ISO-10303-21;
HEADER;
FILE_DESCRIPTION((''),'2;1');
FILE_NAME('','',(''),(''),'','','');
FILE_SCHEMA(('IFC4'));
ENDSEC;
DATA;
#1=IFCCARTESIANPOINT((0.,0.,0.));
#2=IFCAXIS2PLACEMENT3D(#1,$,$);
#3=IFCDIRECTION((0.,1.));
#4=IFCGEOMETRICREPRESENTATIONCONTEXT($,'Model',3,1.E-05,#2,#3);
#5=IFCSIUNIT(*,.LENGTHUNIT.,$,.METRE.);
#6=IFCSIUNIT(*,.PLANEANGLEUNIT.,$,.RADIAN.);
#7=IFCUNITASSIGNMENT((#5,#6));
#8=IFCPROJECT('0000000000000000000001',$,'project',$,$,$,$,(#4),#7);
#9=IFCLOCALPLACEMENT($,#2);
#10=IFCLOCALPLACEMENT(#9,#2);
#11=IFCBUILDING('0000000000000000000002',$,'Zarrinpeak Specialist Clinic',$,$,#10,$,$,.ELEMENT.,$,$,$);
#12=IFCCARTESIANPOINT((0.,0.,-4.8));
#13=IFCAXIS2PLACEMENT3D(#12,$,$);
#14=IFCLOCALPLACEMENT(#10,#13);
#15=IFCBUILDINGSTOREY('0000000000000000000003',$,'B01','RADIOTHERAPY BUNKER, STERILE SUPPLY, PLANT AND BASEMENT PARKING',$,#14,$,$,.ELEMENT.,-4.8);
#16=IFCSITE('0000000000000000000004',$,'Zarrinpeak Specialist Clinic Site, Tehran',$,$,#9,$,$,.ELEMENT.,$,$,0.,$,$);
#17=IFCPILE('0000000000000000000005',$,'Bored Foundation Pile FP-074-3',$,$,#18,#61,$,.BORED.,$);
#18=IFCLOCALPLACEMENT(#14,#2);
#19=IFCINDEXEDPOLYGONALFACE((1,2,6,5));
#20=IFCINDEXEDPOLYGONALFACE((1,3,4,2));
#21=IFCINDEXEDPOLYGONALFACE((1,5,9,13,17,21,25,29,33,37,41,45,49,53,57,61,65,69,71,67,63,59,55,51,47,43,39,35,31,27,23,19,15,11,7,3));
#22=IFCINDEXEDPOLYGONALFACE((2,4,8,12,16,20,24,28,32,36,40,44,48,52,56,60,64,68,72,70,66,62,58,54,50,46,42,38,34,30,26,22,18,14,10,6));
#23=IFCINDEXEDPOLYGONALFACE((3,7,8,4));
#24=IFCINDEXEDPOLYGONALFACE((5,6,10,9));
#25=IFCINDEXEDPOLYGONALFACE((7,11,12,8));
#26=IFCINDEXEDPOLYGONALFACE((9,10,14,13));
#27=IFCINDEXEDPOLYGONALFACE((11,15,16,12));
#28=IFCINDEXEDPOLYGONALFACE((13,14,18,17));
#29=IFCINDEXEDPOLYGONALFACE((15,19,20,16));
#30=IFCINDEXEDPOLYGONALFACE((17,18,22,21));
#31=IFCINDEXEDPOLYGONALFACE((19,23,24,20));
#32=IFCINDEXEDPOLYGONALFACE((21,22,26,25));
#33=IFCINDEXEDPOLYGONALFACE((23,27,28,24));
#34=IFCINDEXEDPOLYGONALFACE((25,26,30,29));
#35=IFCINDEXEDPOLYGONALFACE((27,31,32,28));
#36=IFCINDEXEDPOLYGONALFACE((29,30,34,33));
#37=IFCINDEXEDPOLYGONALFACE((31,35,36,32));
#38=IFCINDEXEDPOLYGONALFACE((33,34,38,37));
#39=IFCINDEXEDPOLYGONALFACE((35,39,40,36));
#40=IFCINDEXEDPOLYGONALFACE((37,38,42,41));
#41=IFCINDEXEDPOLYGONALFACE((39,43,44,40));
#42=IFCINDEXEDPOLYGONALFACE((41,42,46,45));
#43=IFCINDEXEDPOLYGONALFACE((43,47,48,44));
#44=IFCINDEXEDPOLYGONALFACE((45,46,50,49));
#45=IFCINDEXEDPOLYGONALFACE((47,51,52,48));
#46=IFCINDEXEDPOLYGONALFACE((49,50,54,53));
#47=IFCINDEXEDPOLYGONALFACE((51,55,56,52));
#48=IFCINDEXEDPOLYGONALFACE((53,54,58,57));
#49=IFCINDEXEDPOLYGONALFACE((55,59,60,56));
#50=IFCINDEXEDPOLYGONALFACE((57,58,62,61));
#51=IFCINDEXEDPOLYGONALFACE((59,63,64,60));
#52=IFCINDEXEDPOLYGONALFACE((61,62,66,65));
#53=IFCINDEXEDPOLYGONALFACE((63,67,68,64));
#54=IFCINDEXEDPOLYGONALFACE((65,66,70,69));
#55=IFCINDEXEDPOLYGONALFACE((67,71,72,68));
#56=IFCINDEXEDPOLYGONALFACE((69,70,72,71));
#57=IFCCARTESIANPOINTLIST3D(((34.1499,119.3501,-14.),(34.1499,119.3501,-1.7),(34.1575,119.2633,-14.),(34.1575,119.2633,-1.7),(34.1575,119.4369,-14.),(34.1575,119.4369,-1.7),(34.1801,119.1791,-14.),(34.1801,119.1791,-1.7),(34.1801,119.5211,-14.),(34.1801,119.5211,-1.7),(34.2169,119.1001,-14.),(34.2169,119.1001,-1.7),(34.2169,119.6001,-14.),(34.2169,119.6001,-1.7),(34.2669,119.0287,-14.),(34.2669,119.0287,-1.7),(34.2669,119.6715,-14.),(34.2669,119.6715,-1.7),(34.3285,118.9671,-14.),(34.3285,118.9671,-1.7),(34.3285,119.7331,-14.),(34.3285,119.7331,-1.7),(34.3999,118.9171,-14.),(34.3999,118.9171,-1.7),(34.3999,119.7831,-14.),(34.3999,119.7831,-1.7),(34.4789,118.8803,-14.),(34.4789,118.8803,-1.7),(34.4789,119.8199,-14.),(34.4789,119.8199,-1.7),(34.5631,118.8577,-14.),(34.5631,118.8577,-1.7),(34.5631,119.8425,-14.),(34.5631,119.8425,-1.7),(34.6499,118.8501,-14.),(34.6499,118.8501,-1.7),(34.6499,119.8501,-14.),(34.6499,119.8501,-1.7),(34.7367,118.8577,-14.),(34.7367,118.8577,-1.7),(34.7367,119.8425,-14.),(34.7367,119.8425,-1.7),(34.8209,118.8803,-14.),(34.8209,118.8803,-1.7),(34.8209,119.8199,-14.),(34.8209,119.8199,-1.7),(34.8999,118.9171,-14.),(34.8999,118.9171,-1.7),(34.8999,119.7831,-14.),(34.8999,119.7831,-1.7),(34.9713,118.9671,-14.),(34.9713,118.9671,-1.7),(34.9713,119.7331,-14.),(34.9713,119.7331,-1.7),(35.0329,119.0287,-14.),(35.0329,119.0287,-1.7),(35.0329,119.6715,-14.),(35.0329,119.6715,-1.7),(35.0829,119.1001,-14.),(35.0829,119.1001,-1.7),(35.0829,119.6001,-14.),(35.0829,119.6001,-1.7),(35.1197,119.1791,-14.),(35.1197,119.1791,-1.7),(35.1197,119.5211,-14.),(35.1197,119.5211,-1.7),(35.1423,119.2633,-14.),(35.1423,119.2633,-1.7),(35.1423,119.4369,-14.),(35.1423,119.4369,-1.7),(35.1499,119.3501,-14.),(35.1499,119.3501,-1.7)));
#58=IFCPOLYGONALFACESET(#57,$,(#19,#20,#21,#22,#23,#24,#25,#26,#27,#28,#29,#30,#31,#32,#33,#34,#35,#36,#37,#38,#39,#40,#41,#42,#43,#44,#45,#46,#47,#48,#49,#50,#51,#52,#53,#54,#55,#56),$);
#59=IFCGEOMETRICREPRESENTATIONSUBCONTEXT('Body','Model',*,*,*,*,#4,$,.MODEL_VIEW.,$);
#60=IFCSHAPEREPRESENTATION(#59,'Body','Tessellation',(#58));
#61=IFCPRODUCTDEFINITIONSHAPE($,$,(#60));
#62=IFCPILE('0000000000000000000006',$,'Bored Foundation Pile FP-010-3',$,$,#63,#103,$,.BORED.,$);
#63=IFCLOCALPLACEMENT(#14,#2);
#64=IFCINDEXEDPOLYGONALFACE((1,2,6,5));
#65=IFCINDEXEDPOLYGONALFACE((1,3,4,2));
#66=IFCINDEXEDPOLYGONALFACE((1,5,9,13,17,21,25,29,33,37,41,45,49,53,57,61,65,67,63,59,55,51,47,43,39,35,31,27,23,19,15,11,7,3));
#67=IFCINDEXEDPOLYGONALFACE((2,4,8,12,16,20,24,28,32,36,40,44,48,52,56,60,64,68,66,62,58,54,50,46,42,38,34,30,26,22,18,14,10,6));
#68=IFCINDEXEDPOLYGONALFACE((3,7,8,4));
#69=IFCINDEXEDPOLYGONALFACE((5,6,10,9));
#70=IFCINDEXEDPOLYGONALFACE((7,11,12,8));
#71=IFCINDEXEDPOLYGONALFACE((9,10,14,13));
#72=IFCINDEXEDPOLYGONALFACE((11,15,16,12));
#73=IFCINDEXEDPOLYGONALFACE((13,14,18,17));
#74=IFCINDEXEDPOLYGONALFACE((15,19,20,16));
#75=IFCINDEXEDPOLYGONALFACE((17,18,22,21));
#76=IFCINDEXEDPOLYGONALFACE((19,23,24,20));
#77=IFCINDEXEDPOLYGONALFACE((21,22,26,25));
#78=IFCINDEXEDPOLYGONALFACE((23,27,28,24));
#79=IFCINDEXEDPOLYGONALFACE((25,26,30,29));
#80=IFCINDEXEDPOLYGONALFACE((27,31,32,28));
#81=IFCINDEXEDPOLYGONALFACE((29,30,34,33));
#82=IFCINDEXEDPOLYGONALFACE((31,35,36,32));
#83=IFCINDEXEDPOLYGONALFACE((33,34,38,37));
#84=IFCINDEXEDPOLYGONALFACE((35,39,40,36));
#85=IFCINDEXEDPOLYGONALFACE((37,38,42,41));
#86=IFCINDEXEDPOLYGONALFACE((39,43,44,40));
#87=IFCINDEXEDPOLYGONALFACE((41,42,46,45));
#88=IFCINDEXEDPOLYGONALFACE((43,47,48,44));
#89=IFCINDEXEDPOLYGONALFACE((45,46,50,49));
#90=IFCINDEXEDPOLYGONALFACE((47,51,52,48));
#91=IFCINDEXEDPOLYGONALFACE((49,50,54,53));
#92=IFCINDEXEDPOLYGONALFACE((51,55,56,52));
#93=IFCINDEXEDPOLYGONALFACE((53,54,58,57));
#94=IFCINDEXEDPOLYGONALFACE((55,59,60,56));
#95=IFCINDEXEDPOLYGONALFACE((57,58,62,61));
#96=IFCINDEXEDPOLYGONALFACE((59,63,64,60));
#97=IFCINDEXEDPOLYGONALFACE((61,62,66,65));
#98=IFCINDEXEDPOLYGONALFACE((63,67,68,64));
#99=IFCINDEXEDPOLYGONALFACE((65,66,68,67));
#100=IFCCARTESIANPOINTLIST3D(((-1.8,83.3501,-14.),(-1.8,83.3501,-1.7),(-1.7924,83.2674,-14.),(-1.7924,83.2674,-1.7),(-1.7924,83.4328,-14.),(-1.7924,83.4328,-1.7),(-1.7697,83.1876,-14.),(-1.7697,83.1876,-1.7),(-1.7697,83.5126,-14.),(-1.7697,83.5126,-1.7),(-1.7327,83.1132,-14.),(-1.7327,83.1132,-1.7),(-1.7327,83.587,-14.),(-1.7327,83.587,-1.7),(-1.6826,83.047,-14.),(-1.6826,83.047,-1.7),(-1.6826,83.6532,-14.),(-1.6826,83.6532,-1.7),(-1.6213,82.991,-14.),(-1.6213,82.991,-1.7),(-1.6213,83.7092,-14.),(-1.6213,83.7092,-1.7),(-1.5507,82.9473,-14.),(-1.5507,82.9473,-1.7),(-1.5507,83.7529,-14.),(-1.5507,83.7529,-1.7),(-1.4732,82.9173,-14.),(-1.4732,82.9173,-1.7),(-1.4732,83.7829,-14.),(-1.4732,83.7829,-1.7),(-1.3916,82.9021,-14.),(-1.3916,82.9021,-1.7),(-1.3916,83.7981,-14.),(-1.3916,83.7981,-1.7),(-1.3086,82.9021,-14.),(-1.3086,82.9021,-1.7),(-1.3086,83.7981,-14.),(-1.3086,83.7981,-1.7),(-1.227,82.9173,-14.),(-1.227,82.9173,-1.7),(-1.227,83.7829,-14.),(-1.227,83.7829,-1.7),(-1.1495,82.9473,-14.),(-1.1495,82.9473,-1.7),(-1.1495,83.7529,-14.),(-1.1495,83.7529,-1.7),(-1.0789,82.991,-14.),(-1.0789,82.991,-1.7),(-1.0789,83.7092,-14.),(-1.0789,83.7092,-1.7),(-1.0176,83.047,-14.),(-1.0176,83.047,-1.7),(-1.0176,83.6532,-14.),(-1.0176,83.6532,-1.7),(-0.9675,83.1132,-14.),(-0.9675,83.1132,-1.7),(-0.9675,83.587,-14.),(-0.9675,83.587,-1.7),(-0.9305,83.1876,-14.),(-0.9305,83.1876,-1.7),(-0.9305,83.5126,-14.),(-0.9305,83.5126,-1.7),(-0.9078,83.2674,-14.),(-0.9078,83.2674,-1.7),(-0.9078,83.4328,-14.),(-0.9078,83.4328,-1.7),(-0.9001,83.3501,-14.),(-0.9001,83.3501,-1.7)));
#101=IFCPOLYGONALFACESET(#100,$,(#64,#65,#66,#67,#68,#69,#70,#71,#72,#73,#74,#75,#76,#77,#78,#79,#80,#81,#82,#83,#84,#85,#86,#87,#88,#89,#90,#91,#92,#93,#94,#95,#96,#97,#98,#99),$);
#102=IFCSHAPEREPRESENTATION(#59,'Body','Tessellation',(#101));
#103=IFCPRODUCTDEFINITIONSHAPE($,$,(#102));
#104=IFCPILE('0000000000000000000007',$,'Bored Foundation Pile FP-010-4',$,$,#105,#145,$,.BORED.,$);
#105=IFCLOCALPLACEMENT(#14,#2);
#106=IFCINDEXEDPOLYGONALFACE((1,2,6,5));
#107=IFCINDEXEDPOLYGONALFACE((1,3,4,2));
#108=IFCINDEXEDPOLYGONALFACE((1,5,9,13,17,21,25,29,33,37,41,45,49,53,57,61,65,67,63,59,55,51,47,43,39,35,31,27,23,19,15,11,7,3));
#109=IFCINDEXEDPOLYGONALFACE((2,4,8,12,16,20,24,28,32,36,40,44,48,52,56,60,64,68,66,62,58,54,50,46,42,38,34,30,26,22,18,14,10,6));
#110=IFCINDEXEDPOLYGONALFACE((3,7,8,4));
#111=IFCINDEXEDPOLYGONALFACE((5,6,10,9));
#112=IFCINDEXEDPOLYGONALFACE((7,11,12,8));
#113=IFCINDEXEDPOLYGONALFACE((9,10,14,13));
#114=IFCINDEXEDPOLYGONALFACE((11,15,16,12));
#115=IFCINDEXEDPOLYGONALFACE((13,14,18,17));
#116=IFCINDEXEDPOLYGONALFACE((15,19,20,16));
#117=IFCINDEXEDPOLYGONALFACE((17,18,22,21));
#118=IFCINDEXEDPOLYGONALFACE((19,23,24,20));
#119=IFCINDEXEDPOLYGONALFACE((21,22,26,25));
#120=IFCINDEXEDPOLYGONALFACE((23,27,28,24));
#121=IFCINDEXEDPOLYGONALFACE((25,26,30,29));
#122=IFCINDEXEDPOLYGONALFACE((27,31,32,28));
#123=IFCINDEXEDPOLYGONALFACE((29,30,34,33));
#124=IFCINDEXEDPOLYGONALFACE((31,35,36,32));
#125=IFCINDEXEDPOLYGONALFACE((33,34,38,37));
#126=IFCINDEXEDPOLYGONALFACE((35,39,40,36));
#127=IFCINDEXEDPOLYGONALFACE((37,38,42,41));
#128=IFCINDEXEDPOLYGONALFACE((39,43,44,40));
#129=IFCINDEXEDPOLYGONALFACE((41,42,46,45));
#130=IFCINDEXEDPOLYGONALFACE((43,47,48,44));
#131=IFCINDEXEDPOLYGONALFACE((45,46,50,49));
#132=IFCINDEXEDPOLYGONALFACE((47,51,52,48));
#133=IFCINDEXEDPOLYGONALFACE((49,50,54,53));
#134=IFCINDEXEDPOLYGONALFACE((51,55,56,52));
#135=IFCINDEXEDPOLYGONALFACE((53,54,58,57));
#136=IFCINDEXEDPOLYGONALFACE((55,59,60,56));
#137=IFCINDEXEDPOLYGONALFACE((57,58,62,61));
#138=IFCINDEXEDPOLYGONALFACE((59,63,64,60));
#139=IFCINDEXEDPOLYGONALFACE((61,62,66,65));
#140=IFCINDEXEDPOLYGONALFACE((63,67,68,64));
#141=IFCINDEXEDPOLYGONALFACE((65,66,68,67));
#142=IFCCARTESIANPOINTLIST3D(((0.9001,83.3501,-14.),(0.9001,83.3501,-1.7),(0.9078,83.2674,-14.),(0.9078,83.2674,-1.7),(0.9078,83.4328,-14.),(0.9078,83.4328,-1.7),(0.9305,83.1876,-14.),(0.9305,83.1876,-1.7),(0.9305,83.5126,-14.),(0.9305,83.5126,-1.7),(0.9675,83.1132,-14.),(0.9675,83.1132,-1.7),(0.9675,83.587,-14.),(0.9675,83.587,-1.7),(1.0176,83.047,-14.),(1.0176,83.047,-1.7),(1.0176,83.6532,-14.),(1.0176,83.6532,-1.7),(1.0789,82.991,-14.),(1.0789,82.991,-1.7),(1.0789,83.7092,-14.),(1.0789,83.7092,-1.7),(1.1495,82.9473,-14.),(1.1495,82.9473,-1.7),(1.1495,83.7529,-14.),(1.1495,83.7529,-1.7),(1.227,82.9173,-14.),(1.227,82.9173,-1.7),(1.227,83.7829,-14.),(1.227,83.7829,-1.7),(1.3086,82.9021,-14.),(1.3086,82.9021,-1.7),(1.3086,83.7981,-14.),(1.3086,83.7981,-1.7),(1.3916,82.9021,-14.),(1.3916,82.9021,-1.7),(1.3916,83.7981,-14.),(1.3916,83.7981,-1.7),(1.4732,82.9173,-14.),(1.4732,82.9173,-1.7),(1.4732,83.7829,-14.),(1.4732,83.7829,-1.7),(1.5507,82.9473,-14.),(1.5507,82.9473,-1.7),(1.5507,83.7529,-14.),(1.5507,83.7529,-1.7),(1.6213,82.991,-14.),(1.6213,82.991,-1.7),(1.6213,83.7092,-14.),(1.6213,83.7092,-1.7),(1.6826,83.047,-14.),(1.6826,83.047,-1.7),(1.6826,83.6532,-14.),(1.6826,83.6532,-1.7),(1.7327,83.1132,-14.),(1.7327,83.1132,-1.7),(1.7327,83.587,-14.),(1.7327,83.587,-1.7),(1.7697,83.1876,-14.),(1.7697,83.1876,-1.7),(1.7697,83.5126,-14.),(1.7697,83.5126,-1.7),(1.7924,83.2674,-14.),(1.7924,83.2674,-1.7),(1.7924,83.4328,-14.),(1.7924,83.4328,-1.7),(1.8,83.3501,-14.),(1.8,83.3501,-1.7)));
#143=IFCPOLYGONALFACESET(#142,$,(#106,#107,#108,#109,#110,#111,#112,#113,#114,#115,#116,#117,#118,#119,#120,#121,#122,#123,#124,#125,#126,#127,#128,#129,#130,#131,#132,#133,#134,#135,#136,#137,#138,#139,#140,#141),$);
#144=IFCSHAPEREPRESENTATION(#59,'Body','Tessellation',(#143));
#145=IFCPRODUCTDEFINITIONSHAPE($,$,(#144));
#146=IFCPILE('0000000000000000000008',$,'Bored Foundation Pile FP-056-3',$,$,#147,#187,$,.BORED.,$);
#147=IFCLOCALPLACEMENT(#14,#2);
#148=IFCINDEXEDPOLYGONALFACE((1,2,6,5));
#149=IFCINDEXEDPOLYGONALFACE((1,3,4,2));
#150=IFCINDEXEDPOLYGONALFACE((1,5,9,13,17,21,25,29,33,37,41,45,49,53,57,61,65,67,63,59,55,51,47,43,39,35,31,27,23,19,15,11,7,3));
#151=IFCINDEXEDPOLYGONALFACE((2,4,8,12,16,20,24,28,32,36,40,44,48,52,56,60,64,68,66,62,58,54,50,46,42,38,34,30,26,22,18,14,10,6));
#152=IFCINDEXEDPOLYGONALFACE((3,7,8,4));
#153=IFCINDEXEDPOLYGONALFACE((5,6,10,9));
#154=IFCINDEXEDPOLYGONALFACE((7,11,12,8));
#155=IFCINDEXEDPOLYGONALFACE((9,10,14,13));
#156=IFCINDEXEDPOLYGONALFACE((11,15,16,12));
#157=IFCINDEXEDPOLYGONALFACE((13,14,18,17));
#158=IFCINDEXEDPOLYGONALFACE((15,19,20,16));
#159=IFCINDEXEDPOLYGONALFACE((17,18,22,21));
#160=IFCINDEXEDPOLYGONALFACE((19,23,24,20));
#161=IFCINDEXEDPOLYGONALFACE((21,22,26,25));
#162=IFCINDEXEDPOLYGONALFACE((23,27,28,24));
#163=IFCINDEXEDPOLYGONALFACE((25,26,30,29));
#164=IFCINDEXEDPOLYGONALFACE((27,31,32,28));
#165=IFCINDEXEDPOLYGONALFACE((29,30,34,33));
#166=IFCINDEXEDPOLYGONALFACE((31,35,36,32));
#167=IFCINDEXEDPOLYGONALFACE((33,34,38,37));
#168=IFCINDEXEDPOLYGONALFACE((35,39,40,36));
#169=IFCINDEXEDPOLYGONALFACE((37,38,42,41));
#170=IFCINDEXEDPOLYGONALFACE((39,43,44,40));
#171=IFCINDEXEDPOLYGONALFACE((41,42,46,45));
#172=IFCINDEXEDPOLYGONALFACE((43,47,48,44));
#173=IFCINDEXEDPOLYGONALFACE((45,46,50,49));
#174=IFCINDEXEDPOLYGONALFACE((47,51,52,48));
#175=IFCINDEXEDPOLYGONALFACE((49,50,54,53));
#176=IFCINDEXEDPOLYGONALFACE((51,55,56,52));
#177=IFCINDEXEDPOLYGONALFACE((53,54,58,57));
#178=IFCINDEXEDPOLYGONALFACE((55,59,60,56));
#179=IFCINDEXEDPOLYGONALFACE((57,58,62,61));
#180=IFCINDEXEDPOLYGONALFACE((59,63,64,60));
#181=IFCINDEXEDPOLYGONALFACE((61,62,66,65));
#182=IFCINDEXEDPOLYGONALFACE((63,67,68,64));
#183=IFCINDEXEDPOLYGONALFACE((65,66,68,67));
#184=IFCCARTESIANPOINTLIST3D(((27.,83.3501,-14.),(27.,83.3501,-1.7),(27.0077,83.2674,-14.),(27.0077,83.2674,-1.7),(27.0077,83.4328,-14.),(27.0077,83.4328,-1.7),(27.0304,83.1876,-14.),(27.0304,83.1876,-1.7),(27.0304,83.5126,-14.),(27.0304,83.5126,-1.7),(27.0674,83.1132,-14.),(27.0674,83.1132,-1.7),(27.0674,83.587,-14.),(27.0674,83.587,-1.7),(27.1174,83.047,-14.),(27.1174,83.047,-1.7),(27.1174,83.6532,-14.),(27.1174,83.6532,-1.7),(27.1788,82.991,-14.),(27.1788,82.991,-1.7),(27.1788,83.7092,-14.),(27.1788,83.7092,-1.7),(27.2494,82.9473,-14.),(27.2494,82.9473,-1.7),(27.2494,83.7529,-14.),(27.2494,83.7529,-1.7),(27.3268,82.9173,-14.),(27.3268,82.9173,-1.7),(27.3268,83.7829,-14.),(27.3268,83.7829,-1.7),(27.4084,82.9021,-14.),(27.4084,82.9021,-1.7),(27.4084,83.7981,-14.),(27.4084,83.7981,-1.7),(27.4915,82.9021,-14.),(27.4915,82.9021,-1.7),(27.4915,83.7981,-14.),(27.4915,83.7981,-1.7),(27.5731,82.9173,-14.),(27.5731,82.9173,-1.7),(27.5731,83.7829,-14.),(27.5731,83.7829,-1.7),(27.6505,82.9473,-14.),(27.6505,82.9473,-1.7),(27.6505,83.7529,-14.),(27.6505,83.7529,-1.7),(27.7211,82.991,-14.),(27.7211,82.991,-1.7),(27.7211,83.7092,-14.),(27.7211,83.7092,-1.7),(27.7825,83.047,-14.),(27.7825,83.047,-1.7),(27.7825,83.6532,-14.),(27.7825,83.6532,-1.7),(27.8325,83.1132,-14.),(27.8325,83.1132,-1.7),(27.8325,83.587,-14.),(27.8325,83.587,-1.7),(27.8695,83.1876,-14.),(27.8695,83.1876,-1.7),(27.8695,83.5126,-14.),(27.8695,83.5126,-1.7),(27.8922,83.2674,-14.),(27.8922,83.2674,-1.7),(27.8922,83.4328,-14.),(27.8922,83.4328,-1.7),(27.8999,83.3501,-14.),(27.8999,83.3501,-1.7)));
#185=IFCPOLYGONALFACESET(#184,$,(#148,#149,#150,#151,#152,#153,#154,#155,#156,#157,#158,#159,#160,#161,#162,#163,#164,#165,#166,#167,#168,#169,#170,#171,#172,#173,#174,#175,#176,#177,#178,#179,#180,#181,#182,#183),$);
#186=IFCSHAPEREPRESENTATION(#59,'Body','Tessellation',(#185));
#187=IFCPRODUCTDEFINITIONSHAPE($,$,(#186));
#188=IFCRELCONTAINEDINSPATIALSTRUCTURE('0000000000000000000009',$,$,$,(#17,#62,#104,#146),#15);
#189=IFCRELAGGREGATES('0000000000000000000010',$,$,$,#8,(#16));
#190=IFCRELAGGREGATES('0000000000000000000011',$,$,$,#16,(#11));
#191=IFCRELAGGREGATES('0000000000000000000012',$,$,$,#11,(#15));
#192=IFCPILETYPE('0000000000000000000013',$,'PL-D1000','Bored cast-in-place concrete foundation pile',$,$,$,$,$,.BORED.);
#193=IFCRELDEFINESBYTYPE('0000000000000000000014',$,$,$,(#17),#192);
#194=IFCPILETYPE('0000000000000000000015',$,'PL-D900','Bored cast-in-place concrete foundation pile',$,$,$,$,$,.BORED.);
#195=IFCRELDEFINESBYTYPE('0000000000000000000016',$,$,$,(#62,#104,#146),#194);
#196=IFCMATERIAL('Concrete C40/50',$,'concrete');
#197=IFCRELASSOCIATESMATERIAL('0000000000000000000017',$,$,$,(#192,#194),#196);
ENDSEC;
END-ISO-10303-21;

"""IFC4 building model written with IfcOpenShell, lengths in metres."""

from ifc_helpers import new_model, si_unit, direction, frame, origin, origin_2d, place, context, subcontext, project, spatial, circle, extrude, material, material_profile, profile_set, type_object, element, save


model = new_model("IFC4")

# Units and contexts
model_context = context("Model", 3, precision=1e-05, world=origin(), true_north=direction((0.0, 1.0)))
body_context = subcontext(model_context, "Body", "Model", "MODEL_VIEW")
ifc_project = project(units=[si_unit("LENGTHUNIT", "METRE"), si_unit("PLANEANGLEUNIT", "RADIAN")], contexts=[model_context])

# Site, building, storey
site_placement = place(None, origin())
site = spatial("IfcSite", under=ifc_project, at=site_placement, Name="Zarrinpeak Specialist Clinic Site, Tehran", CompositionType="ELEMENT", RefElevation=0.0)
building_placement = place(site_placement, origin())
building = spatial("IfcBuilding", under=site, at=building_placement, Name="Zarrinpeak Specialist Clinic", CompositionType="ELEMENT")
storey_placement = place(building_placement, frame((0.0, 0.0, -4.8)))
storey = spatial("IfcBuildingStorey", under=building, at=storey_placement, Name="B01", Description="RADIOTHERAPY BUNKER, STERILE SUPPLY, PLANT AND BASEMENT PARKING", CompositionType="ELEMENT", Elevation=-4.8)

# Shared definitions
ifc_material_1 = material(Name="Concrete C40/50", Category="concrete")

# Piles
ifc_material_profile_1 = material_profile(ifc_material_1, circle(Radius=0.5, at=origin_2d()), Name="BORED PILE D1000")
ifc_profile_set_1 = profile_set([ifc_material_profile_1], Name="Concrete C40/50")
pile_type_1 = type_object("IfcPileType", Name="PL-D1000", Description="Bored cast-in-place concrete foundation pile", PredefinedType="BORED", material=ifc_profile_set_1)
for number, where, z_axis, x_axis, name in (
    (1, (34.6499, 119.3501, -1.7), (0.0, 0.0, -1.0), (1.0, 0.0, 0.0), "Bored Foundation Pile FP-074-3"),
):
    element("IfcPile", number, at=place(storey_placement, frame(where, z_axis=z_axis, x_axis=x_axis)), inside=storey, type_object=pile_type_1, Name=name, PredefinedType="BORED", context=body_context, shape_type="SweptSolid", body=[
        extrude(circle(Radius=0.5, at=origin_2d()), origin(), (0.0, 0.0, 1.0), 12.3),
    ])
ifc_material_profile_2 = material_profile(ifc_material_1, circle(Radius=0.45, at=origin_2d()), Name="BORED PILE D900")
ifc_profile_set_2 = profile_set([ifc_material_profile_2], Name="Concrete C40/50")
pile_type_2 = type_object("IfcPileType", Name="PL-D900", Description="Bored cast-in-place concrete foundation pile", PredefinedType="BORED", material=ifc_profile_set_2)
for number, where, z_axis, x_axis, name in (
    (2, (-1.3501, 83.3501, -1.7), (0.0, 0.0, -1.0), (1.0, 0.0, 0.0), "Bored Foundation Pile FP-010-3"),
    (3, (1.3501, 83.3501, -1.7), (0.0, 0.0, -1.0), (1.0, 0.0, 0.0), "Bored Foundation Pile FP-010-4"),
    (4, (27.45, 83.3501, -1.7), (0.0, 0.0, -1.0), (1.0, 0.0, 0.0), "Bored Foundation Pile FP-056-3"),
):
    element("IfcPile", number, at=place(storey_placement, frame(where, z_axis=z_axis, x_axis=x_axis)), inside=storey, type_object=pile_type_2, Name=name, PredefinedType="BORED", context=body_context, shape_type="SweptSolid", body=[
        extrude(circle(Radius=0.45, at=origin_2d()), origin(), (0.0, 0.0, 1.0), 12.3),
    ])

save(model, "model.ifc")
